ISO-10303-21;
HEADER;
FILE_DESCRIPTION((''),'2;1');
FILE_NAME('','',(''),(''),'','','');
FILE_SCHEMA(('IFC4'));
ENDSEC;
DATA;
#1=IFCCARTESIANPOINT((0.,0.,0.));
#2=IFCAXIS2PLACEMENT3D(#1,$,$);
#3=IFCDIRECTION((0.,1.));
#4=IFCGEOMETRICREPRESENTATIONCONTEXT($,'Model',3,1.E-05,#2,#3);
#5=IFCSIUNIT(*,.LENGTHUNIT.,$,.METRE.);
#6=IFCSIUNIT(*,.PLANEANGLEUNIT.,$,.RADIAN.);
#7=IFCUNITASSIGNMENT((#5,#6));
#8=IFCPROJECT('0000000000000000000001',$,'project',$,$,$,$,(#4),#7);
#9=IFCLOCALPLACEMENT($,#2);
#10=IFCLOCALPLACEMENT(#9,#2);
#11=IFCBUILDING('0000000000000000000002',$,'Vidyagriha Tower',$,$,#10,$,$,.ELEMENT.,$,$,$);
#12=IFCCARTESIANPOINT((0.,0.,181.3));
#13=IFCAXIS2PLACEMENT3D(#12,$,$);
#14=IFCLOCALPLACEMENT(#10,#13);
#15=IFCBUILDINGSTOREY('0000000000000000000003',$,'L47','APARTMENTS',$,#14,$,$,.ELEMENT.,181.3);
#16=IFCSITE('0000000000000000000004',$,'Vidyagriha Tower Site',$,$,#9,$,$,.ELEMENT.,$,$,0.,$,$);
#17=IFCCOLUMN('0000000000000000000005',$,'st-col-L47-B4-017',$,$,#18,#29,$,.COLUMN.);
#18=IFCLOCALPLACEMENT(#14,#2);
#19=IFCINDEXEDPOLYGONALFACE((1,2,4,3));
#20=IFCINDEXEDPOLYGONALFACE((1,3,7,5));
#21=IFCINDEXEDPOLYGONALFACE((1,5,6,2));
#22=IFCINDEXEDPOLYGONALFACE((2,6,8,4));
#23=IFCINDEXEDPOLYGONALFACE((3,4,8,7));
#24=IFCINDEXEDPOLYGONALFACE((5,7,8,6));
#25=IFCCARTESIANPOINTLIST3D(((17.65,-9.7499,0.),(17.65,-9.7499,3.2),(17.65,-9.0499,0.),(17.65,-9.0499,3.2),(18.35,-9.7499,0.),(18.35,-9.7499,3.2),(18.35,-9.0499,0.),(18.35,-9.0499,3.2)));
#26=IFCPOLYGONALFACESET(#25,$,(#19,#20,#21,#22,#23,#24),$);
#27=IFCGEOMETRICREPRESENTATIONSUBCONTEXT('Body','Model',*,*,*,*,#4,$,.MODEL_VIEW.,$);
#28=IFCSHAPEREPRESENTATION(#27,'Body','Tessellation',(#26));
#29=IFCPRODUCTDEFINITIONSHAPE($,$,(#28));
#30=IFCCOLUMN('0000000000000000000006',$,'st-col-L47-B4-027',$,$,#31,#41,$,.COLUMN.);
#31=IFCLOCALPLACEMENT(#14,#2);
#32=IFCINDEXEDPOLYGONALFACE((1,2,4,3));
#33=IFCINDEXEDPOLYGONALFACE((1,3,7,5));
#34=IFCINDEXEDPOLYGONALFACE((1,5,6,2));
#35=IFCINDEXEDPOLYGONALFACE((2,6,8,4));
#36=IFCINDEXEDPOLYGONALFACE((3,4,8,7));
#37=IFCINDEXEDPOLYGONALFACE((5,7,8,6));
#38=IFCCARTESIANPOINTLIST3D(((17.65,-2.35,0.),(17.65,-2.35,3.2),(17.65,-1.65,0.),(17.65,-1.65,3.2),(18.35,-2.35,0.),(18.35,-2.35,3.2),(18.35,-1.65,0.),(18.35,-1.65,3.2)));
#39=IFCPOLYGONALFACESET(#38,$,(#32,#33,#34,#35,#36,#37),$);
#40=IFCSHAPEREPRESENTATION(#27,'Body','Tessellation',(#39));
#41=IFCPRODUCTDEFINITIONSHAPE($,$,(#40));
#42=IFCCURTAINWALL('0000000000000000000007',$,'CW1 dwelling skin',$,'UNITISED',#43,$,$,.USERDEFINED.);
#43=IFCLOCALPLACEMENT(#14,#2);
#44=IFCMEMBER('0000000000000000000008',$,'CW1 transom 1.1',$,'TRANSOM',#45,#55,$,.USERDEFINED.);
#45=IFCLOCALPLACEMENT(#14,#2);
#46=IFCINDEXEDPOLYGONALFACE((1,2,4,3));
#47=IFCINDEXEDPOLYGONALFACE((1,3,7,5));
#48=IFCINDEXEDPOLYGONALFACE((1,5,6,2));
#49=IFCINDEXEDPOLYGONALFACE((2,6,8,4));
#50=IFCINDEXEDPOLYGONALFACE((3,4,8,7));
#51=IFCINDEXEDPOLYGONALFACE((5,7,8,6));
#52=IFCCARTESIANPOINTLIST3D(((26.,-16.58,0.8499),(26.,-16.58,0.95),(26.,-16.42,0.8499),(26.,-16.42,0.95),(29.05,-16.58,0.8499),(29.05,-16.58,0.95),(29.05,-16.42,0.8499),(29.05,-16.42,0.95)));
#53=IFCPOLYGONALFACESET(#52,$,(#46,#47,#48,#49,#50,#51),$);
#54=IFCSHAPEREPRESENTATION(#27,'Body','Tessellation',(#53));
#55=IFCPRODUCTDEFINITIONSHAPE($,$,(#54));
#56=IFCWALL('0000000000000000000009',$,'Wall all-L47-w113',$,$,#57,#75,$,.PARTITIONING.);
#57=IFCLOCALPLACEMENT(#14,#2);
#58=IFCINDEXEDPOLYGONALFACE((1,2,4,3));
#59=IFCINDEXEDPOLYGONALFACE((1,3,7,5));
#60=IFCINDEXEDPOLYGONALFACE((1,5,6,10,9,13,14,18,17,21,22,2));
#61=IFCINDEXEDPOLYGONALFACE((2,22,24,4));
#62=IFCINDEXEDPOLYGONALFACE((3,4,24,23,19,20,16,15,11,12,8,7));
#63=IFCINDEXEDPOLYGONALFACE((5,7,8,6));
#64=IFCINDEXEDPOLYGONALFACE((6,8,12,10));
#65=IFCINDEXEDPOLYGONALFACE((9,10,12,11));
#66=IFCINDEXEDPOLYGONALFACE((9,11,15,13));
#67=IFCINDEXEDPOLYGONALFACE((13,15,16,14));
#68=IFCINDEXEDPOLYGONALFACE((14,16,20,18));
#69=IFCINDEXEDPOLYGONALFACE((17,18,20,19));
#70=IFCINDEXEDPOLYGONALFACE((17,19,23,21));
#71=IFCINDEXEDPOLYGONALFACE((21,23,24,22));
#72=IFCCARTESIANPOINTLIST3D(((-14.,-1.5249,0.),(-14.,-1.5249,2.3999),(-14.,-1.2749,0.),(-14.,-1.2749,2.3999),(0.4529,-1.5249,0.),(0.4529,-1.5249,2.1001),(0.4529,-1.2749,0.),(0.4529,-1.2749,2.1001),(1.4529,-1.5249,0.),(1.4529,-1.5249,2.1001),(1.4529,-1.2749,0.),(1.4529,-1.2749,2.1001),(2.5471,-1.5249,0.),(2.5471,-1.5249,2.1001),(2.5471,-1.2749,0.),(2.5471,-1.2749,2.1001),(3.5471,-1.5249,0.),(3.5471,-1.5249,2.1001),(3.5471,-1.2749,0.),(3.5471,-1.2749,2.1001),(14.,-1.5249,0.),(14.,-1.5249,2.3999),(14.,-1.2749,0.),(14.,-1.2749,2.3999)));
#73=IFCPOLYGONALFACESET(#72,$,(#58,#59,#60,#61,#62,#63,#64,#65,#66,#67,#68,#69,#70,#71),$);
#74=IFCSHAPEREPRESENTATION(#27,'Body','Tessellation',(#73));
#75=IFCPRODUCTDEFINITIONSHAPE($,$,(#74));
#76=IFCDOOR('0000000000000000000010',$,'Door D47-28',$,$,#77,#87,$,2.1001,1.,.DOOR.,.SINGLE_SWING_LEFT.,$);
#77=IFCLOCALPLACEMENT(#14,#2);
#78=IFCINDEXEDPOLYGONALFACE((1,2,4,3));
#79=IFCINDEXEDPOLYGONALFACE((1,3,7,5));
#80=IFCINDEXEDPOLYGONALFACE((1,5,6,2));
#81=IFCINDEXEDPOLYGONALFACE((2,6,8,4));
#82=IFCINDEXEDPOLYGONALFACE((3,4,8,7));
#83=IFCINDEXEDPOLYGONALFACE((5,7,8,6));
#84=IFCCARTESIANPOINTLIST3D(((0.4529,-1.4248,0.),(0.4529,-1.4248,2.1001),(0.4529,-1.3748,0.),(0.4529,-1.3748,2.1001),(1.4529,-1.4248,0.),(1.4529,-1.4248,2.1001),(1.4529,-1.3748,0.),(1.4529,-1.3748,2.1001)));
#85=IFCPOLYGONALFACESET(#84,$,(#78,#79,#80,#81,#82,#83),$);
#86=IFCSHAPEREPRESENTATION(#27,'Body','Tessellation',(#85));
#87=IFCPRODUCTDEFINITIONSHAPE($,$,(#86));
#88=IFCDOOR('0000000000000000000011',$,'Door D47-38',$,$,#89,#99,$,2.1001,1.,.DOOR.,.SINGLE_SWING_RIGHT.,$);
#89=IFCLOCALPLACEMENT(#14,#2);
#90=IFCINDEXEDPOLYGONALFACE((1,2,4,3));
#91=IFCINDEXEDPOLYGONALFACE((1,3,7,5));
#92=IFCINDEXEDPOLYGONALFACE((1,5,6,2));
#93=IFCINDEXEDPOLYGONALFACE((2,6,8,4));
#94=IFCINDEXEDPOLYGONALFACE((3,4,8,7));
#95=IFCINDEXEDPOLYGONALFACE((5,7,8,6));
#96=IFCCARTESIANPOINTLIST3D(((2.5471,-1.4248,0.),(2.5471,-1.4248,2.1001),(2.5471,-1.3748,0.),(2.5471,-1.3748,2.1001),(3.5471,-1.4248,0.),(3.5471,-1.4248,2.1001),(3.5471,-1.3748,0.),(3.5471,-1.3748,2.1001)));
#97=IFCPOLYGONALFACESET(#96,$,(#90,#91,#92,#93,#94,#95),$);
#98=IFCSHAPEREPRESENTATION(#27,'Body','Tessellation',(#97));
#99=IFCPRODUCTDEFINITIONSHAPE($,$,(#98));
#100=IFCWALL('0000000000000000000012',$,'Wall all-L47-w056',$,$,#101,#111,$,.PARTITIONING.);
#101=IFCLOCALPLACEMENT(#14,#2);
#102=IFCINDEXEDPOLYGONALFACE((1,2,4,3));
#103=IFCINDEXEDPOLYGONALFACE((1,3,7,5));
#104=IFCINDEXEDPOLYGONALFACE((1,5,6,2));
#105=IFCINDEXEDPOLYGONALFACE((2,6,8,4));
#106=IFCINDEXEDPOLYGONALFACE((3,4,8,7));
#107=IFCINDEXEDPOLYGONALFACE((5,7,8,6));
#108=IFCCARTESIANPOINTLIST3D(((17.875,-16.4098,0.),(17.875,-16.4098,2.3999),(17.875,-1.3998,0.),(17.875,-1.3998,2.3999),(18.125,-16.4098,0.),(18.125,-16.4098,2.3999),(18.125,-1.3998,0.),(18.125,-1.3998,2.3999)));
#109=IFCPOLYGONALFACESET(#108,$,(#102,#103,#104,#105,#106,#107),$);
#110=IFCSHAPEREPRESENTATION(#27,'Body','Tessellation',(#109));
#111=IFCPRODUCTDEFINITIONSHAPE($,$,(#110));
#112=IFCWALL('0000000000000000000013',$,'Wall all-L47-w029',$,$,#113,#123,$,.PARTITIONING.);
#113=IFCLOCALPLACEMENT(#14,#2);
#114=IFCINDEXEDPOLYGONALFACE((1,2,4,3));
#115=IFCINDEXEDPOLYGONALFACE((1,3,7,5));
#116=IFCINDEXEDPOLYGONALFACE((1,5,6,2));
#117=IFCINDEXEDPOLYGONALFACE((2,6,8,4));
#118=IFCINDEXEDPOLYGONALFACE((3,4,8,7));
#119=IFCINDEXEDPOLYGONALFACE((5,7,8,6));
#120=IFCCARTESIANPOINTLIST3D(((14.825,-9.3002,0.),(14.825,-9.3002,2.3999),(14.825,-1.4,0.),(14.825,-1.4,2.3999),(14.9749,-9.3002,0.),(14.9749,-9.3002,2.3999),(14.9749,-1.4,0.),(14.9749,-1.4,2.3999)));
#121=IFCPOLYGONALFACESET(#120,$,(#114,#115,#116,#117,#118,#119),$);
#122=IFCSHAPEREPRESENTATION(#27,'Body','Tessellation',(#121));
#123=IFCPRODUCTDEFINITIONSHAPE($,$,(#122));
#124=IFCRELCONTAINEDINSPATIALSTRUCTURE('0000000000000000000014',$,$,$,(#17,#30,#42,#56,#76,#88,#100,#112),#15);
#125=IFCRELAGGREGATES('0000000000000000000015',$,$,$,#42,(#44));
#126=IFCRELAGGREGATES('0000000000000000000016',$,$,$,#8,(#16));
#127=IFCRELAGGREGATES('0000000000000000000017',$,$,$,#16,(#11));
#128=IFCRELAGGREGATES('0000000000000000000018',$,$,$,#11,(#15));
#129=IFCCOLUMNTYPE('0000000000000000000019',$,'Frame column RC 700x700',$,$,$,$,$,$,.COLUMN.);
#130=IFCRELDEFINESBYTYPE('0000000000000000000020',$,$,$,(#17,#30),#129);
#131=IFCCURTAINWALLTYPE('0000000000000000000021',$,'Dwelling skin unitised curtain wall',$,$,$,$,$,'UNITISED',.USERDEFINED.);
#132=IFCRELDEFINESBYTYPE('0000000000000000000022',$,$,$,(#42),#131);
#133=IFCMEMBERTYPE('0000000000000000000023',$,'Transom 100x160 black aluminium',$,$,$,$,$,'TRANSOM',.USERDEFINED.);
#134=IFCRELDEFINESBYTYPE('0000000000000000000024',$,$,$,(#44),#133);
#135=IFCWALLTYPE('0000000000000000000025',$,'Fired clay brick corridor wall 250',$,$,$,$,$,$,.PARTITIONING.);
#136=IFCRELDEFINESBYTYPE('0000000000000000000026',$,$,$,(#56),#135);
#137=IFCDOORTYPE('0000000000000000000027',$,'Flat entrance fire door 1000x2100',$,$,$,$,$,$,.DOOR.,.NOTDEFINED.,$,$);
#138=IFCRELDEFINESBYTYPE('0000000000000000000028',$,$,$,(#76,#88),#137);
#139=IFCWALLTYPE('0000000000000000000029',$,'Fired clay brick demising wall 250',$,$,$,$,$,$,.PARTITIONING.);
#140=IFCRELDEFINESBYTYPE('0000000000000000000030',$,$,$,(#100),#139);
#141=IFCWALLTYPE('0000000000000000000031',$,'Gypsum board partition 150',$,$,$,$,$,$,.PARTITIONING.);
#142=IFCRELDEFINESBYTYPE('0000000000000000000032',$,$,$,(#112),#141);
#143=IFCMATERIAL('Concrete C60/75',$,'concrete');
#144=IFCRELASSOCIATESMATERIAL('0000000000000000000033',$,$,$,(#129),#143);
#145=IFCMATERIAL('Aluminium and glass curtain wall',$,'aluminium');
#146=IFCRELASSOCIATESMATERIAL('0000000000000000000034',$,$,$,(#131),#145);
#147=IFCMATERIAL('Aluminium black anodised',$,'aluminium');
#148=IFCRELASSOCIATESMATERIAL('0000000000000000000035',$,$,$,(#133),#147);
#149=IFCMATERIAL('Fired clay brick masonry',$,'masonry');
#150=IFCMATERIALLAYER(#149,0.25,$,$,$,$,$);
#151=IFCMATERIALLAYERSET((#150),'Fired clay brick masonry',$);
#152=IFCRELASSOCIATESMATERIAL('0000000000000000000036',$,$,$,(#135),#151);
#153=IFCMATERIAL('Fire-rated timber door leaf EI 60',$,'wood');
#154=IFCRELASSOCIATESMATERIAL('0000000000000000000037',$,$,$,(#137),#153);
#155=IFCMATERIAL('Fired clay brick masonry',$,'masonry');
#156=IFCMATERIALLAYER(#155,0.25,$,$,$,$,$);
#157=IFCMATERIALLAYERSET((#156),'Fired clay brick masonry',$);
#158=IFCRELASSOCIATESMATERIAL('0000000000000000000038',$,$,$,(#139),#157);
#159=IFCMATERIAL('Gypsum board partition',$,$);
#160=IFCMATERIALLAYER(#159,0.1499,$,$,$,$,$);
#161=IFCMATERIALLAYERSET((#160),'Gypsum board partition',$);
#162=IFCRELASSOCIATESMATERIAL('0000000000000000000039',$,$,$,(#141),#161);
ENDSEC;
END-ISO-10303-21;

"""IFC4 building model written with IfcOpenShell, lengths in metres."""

from ifc_helpers import new_model, si_unit, direction, frame, frame_2d, origin, origin_2d, place, context, subcontext, project, spatial, rectangle, extrude, material, layer, layer_set, material_profile, profile_set, type_object, element, fill, aggregate, save


model = new_model("IFC4")

# Units and contexts
model_context = context("Model", 3, precision=1e-05, world=origin(), true_north=direction((0.0, 1.0)))
body_context = subcontext(model_context, "Body", "Model", "MODEL_VIEW")
ifc_project = project(units=[si_unit("LENGTHUNIT", "METRE"), si_unit("PLANEANGLEUNIT", "RADIAN")], contexts=[model_context])

# Site, building, storey
site_placement = place(None, origin())
site = spatial("IfcSite", under=ifc_project, at=site_placement, Name="Vidyagriha Tower Site", CompositionType="ELEMENT", RefElevation=0.0)
building_placement = place(site_placement, origin())
building = spatial("IfcBuilding", under=site, at=building_placement, Name="Vidyagriha Tower", CompositionType="ELEMENT")
storey_placement = place(building_placement, frame((0.0, 0.0, 181.3)))
storey = spatial("IfcBuildingStorey", under=building, at=storey_placement, Name="L47", Description="APARTMENTS", CompositionType="ELEMENT", Elevation=181.3)

# Columns
ifc_material_1 = material(Name="Concrete C60/75", Category="concrete")
ifc_material_profile_1 = material_profile(ifc_material_1, rectangle(XDim=0.7, YDim=0.7, at=origin_2d()), Name="RC 700x700")
ifc_profile_set_1 = profile_set([ifc_material_profile_1], Name="Concrete C60/75")
column_type = type_object("IfcColumnType", Name="Frame column RC 700x700", PredefinedType="COLUMN", material=ifc_profile_set_1)
for number, where, name in (
    (1, (18.0, -9.3999, 0.0), "st-col-L47-B4-017"),
    (2, (18.0, -2.0, 0.0), "st-col-L47-B4-027"),
):
    element("IfcColumn", number, at=place(storey_placement, frame(where)), inside=storey, type_object=column_type, Name=name, PredefinedType="COLUMN", context=body_context, shape_type="SweptSolid", body=[
        extrude(rectangle(XDim=0.7, YDim=0.7, at=origin_2d()), origin(), (0.0, 0.0, 1.0), 3.2),
    ])

# Curtain wall, member
ifc_material_2 = material(Name="Aluminium and glass curtain wall", Category="aluminium")
curtain_wall_type = type_object("IfcCurtainWallType", Name="Dwelling skin unitised curtain wall", ElementType="UNITISED", PredefinedType="USERDEFINED", material=ifc_material_2)
curtain_wall_placement = place(storey_placement, origin())
curtain_wall = element("IfcCurtainWall", 3, at=curtain_wall_placement, inside=storey, type_object=curtain_wall_type, Name="CW1 dwelling skin", ObjectType="UNITISED", PredefinedType="USERDEFINED")
ifc_material_3 = material(Name="Aluminium black anodised", Category="aluminium")
ifc_material_profile_2 = material_profile(ifc_material_3, rectangle(XDim=0.1599, YDim=0.1001, at=origin_2d()), Name="Transom 100x160 black aluminium")
ifc_profile_set_2 = profile_set([ifc_material_profile_2], Name="Aluminium black anodised")
member_type = type_object("IfcMemberType", Name="Transom 100x160 black aluminium", ElementType="TRANSOM", PredefinedType="USERDEFINED", material=ifc_profile_set_2)
member_placement = place(storey_placement, frame((26.0, -16.5, 0.8999), z_axis=(1.0, 0.0, 0.0), x_axis=(0.0, 1.0, 0.0)))
member = element("IfcMember", 4, at=member_placement, type_object=member_type, Name="CW1 transom 1.1", ObjectType="TRANSOM", PredefinedType="USERDEFINED", context=body_context, shape_type="SweptSolid", body=[
    extrude(rectangle(XDim=0.1599, YDim=0.1001, at=origin_2d()), origin(), (0.0, 0.0, 1.0), 3.05),
])
aggregate(curtain_wall, [member])

# Wall, openings, doors
ifc_material_4 = material(Name="Fired clay brick masonry", Category="masonry")
ifc_layer_1 = layer(ifc_material_4, 0.25)
ifc_layer_set_1 = layer_set([ifc_layer_1], Name="Fired clay brick masonry")
wall_type_1 = type_object("IfcWallType", Name="Fired clay brick corridor wall 250", PredefinedType="PARTITIONING", material=ifc_layer_set_1)
wall_1_placement = place(storey_placement, frame((14.0, -1.3999, 0.0), z_axis=(0.0, 0.0, 1.0), x_axis=(-1.0, 0.0, 0.0)))
wall_1 = element("IfcWall", 5, at=wall_1_placement, inside=storey, type_object=wall_type_1, Name="Wall all-L47-w113", PredefinedType="PARTITIONING", context=body_context, shape_type="SweptSolid", body=[
    extrude(rectangle(XDim=28.0, YDim=0.25, at=frame_2d((14.0, 0.0))), origin(), (0.0, 0.0, 1.0), 2.3999),
])
opening_1_placement = place(wall_1_placement, frame((12.5471, 0.0, 0.0)))
opening_1 = element("IfcOpeningElement", 6, at=opening_1_placement, cuts=wall_1, PredefinedType="OPENING", context=body_context, shape_type="SweptSolid", body=[
    extrude(rectangle(XDim=1.0, YDim=2.1001, at=frame_2d((0.5, 1.05))), frame((0.0, 0.135, 0.0), z_axis=(0.0, -1.0, 0.0), x_axis=(1.0, 0.0, 0.0)), (0.0, 0.0, 1.0), 0.27),
])
opening_2_placement = place(wall_1_placement, frame((10.4529, 0.0, 0.0)))
opening_2 = element("IfcOpeningElement", 7, at=opening_2_placement, cuts=wall_1, PredefinedType="OPENING", context=body_context, shape_type="SweptSolid", body=[
    extrude(rectangle(XDim=1.0, YDim=2.1001, at=frame_2d((0.5, 1.05))), frame((0.0, 0.135, 0.0), z_axis=(0.0, -1.0, 0.0), x_axis=(1.0, 0.0, 0.0)), (0.0, 0.0, 1.0), 0.27),
])
ifc_material_5 = material(Name="Fire-rated timber door leaf EI 60", Category="wood")
door_type_1 = type_object("IfcDoorType", Name="Flat entrance fire door 1000x2100", OperationType="NOTDEFINED", PredefinedType="DOOR", material=ifc_material_5)
door_1_placement = place(opening_1_placement, origin())
door_1 = element("IfcDoor", 8, at=door_1_placement, inside=storey, type_object=door_type_1, Name="Door D47-28", OperationType="SINGLE_SWING_LEFT", OverallHeight=2.1001, OverallWidth=1.0, PredefinedType="DOOR", context=body_context, shape_type="SweptSolid", body=[
    extrude(rectangle(XDim=1.0, YDim=2.1001, at=frame_2d((0.5, 1.05))), frame((0.0, 0.0249, 0.0), z_axis=(0.0, -1.0, 0.0), x_axis=(1.0, 0.0, 0.0)), (0.0, 0.0, 1.0), 0.05),
])
fill(opening_1, door_1)
door_2_placement = place(opening_2_placement, origin())
door_2 = element("IfcDoor", 9, at=door_2_placement, inside=storey, type_object=door_type_1, Name="Door D47-38", OperationType="SINGLE_SWING_RIGHT", OverallHeight=2.1001, OverallWidth=1.0, PredefinedType="DOOR", context=body_context, shape_type="SweptSolid", body=[
    extrude(rectangle(XDim=1.0, YDim=2.1001, at=frame_2d((0.5, 1.05))), frame((0.0, 0.0249, 0.0), z_axis=(0.0, -1.0, 0.0), x_axis=(1.0, 0.0, 0.0)), (0.0, 0.0, 1.0), 0.05),
])
fill(opening_2, door_2)

# Walls
ifc_material_6 = material(Name="Fired clay brick masonry", Category="masonry")
ifc_layer_2 = layer(ifc_material_6, 0.25)
ifc_layer_set_2 = layer_set([ifc_layer_2], Name="Fired clay brick masonry")
wall_type_2 = type_object("IfcWallType", Name="Fired clay brick demising wall 250", PredefinedType="PARTITIONING", material=ifc_layer_set_2)
wall_2_placement = place(storey_placement, frame((18.0, -1.3999, 0.0), z_axis=(0.0, 0.0, 1.0), x_axis=(0.0, -1.0, 0.0)))
element("IfcWall", 10, at=wall_2_placement, inside=storey, type_object=wall_type_2, Name="Wall all-L47-w056", PredefinedType="PARTITIONING", context=body_context, shape_type="SweptSolid", body=[
    extrude(rectangle(XDim=15.01, YDim=0.25, at=frame_2d((7.5049, 0.0))), origin(), (0.0, 0.0, 1.0), 2.3999),
])
ifc_material_7 = material(Name="Gypsum board partition")
ifc_layer_3 = layer(ifc_material_7, 0.1499)
ifc_layer_set_3 = layer_set([ifc_layer_3], Name="Gypsum board partition")
wall_type_3 = type_object("IfcWallType", Name="Gypsum board partition 150", PredefinedType="PARTITIONING", material=ifc_layer_set_3)
wall_3_placement = place(storey_placement, frame((14.8999, -1.3999, 0.0), z_axis=(0.0, 0.0, 1.0), x_axis=(0.0, -1.0, 0.0)))
element("IfcWall", 11, at=wall_3_placement, inside=storey, type_object=wall_type_3, Name="Wall all-L47-w029", PredefinedType="PARTITIONING", context=body_context, shape_type="SweptSolid", body=[
    extrude(rectangle(XDim=7.9001, YDim=0.1499, at=frame_2d((3.9502, 0.0))), origin(), (0.0, 0.0, 1.0), 2.3999),
])

save(model, "model.ifc")
